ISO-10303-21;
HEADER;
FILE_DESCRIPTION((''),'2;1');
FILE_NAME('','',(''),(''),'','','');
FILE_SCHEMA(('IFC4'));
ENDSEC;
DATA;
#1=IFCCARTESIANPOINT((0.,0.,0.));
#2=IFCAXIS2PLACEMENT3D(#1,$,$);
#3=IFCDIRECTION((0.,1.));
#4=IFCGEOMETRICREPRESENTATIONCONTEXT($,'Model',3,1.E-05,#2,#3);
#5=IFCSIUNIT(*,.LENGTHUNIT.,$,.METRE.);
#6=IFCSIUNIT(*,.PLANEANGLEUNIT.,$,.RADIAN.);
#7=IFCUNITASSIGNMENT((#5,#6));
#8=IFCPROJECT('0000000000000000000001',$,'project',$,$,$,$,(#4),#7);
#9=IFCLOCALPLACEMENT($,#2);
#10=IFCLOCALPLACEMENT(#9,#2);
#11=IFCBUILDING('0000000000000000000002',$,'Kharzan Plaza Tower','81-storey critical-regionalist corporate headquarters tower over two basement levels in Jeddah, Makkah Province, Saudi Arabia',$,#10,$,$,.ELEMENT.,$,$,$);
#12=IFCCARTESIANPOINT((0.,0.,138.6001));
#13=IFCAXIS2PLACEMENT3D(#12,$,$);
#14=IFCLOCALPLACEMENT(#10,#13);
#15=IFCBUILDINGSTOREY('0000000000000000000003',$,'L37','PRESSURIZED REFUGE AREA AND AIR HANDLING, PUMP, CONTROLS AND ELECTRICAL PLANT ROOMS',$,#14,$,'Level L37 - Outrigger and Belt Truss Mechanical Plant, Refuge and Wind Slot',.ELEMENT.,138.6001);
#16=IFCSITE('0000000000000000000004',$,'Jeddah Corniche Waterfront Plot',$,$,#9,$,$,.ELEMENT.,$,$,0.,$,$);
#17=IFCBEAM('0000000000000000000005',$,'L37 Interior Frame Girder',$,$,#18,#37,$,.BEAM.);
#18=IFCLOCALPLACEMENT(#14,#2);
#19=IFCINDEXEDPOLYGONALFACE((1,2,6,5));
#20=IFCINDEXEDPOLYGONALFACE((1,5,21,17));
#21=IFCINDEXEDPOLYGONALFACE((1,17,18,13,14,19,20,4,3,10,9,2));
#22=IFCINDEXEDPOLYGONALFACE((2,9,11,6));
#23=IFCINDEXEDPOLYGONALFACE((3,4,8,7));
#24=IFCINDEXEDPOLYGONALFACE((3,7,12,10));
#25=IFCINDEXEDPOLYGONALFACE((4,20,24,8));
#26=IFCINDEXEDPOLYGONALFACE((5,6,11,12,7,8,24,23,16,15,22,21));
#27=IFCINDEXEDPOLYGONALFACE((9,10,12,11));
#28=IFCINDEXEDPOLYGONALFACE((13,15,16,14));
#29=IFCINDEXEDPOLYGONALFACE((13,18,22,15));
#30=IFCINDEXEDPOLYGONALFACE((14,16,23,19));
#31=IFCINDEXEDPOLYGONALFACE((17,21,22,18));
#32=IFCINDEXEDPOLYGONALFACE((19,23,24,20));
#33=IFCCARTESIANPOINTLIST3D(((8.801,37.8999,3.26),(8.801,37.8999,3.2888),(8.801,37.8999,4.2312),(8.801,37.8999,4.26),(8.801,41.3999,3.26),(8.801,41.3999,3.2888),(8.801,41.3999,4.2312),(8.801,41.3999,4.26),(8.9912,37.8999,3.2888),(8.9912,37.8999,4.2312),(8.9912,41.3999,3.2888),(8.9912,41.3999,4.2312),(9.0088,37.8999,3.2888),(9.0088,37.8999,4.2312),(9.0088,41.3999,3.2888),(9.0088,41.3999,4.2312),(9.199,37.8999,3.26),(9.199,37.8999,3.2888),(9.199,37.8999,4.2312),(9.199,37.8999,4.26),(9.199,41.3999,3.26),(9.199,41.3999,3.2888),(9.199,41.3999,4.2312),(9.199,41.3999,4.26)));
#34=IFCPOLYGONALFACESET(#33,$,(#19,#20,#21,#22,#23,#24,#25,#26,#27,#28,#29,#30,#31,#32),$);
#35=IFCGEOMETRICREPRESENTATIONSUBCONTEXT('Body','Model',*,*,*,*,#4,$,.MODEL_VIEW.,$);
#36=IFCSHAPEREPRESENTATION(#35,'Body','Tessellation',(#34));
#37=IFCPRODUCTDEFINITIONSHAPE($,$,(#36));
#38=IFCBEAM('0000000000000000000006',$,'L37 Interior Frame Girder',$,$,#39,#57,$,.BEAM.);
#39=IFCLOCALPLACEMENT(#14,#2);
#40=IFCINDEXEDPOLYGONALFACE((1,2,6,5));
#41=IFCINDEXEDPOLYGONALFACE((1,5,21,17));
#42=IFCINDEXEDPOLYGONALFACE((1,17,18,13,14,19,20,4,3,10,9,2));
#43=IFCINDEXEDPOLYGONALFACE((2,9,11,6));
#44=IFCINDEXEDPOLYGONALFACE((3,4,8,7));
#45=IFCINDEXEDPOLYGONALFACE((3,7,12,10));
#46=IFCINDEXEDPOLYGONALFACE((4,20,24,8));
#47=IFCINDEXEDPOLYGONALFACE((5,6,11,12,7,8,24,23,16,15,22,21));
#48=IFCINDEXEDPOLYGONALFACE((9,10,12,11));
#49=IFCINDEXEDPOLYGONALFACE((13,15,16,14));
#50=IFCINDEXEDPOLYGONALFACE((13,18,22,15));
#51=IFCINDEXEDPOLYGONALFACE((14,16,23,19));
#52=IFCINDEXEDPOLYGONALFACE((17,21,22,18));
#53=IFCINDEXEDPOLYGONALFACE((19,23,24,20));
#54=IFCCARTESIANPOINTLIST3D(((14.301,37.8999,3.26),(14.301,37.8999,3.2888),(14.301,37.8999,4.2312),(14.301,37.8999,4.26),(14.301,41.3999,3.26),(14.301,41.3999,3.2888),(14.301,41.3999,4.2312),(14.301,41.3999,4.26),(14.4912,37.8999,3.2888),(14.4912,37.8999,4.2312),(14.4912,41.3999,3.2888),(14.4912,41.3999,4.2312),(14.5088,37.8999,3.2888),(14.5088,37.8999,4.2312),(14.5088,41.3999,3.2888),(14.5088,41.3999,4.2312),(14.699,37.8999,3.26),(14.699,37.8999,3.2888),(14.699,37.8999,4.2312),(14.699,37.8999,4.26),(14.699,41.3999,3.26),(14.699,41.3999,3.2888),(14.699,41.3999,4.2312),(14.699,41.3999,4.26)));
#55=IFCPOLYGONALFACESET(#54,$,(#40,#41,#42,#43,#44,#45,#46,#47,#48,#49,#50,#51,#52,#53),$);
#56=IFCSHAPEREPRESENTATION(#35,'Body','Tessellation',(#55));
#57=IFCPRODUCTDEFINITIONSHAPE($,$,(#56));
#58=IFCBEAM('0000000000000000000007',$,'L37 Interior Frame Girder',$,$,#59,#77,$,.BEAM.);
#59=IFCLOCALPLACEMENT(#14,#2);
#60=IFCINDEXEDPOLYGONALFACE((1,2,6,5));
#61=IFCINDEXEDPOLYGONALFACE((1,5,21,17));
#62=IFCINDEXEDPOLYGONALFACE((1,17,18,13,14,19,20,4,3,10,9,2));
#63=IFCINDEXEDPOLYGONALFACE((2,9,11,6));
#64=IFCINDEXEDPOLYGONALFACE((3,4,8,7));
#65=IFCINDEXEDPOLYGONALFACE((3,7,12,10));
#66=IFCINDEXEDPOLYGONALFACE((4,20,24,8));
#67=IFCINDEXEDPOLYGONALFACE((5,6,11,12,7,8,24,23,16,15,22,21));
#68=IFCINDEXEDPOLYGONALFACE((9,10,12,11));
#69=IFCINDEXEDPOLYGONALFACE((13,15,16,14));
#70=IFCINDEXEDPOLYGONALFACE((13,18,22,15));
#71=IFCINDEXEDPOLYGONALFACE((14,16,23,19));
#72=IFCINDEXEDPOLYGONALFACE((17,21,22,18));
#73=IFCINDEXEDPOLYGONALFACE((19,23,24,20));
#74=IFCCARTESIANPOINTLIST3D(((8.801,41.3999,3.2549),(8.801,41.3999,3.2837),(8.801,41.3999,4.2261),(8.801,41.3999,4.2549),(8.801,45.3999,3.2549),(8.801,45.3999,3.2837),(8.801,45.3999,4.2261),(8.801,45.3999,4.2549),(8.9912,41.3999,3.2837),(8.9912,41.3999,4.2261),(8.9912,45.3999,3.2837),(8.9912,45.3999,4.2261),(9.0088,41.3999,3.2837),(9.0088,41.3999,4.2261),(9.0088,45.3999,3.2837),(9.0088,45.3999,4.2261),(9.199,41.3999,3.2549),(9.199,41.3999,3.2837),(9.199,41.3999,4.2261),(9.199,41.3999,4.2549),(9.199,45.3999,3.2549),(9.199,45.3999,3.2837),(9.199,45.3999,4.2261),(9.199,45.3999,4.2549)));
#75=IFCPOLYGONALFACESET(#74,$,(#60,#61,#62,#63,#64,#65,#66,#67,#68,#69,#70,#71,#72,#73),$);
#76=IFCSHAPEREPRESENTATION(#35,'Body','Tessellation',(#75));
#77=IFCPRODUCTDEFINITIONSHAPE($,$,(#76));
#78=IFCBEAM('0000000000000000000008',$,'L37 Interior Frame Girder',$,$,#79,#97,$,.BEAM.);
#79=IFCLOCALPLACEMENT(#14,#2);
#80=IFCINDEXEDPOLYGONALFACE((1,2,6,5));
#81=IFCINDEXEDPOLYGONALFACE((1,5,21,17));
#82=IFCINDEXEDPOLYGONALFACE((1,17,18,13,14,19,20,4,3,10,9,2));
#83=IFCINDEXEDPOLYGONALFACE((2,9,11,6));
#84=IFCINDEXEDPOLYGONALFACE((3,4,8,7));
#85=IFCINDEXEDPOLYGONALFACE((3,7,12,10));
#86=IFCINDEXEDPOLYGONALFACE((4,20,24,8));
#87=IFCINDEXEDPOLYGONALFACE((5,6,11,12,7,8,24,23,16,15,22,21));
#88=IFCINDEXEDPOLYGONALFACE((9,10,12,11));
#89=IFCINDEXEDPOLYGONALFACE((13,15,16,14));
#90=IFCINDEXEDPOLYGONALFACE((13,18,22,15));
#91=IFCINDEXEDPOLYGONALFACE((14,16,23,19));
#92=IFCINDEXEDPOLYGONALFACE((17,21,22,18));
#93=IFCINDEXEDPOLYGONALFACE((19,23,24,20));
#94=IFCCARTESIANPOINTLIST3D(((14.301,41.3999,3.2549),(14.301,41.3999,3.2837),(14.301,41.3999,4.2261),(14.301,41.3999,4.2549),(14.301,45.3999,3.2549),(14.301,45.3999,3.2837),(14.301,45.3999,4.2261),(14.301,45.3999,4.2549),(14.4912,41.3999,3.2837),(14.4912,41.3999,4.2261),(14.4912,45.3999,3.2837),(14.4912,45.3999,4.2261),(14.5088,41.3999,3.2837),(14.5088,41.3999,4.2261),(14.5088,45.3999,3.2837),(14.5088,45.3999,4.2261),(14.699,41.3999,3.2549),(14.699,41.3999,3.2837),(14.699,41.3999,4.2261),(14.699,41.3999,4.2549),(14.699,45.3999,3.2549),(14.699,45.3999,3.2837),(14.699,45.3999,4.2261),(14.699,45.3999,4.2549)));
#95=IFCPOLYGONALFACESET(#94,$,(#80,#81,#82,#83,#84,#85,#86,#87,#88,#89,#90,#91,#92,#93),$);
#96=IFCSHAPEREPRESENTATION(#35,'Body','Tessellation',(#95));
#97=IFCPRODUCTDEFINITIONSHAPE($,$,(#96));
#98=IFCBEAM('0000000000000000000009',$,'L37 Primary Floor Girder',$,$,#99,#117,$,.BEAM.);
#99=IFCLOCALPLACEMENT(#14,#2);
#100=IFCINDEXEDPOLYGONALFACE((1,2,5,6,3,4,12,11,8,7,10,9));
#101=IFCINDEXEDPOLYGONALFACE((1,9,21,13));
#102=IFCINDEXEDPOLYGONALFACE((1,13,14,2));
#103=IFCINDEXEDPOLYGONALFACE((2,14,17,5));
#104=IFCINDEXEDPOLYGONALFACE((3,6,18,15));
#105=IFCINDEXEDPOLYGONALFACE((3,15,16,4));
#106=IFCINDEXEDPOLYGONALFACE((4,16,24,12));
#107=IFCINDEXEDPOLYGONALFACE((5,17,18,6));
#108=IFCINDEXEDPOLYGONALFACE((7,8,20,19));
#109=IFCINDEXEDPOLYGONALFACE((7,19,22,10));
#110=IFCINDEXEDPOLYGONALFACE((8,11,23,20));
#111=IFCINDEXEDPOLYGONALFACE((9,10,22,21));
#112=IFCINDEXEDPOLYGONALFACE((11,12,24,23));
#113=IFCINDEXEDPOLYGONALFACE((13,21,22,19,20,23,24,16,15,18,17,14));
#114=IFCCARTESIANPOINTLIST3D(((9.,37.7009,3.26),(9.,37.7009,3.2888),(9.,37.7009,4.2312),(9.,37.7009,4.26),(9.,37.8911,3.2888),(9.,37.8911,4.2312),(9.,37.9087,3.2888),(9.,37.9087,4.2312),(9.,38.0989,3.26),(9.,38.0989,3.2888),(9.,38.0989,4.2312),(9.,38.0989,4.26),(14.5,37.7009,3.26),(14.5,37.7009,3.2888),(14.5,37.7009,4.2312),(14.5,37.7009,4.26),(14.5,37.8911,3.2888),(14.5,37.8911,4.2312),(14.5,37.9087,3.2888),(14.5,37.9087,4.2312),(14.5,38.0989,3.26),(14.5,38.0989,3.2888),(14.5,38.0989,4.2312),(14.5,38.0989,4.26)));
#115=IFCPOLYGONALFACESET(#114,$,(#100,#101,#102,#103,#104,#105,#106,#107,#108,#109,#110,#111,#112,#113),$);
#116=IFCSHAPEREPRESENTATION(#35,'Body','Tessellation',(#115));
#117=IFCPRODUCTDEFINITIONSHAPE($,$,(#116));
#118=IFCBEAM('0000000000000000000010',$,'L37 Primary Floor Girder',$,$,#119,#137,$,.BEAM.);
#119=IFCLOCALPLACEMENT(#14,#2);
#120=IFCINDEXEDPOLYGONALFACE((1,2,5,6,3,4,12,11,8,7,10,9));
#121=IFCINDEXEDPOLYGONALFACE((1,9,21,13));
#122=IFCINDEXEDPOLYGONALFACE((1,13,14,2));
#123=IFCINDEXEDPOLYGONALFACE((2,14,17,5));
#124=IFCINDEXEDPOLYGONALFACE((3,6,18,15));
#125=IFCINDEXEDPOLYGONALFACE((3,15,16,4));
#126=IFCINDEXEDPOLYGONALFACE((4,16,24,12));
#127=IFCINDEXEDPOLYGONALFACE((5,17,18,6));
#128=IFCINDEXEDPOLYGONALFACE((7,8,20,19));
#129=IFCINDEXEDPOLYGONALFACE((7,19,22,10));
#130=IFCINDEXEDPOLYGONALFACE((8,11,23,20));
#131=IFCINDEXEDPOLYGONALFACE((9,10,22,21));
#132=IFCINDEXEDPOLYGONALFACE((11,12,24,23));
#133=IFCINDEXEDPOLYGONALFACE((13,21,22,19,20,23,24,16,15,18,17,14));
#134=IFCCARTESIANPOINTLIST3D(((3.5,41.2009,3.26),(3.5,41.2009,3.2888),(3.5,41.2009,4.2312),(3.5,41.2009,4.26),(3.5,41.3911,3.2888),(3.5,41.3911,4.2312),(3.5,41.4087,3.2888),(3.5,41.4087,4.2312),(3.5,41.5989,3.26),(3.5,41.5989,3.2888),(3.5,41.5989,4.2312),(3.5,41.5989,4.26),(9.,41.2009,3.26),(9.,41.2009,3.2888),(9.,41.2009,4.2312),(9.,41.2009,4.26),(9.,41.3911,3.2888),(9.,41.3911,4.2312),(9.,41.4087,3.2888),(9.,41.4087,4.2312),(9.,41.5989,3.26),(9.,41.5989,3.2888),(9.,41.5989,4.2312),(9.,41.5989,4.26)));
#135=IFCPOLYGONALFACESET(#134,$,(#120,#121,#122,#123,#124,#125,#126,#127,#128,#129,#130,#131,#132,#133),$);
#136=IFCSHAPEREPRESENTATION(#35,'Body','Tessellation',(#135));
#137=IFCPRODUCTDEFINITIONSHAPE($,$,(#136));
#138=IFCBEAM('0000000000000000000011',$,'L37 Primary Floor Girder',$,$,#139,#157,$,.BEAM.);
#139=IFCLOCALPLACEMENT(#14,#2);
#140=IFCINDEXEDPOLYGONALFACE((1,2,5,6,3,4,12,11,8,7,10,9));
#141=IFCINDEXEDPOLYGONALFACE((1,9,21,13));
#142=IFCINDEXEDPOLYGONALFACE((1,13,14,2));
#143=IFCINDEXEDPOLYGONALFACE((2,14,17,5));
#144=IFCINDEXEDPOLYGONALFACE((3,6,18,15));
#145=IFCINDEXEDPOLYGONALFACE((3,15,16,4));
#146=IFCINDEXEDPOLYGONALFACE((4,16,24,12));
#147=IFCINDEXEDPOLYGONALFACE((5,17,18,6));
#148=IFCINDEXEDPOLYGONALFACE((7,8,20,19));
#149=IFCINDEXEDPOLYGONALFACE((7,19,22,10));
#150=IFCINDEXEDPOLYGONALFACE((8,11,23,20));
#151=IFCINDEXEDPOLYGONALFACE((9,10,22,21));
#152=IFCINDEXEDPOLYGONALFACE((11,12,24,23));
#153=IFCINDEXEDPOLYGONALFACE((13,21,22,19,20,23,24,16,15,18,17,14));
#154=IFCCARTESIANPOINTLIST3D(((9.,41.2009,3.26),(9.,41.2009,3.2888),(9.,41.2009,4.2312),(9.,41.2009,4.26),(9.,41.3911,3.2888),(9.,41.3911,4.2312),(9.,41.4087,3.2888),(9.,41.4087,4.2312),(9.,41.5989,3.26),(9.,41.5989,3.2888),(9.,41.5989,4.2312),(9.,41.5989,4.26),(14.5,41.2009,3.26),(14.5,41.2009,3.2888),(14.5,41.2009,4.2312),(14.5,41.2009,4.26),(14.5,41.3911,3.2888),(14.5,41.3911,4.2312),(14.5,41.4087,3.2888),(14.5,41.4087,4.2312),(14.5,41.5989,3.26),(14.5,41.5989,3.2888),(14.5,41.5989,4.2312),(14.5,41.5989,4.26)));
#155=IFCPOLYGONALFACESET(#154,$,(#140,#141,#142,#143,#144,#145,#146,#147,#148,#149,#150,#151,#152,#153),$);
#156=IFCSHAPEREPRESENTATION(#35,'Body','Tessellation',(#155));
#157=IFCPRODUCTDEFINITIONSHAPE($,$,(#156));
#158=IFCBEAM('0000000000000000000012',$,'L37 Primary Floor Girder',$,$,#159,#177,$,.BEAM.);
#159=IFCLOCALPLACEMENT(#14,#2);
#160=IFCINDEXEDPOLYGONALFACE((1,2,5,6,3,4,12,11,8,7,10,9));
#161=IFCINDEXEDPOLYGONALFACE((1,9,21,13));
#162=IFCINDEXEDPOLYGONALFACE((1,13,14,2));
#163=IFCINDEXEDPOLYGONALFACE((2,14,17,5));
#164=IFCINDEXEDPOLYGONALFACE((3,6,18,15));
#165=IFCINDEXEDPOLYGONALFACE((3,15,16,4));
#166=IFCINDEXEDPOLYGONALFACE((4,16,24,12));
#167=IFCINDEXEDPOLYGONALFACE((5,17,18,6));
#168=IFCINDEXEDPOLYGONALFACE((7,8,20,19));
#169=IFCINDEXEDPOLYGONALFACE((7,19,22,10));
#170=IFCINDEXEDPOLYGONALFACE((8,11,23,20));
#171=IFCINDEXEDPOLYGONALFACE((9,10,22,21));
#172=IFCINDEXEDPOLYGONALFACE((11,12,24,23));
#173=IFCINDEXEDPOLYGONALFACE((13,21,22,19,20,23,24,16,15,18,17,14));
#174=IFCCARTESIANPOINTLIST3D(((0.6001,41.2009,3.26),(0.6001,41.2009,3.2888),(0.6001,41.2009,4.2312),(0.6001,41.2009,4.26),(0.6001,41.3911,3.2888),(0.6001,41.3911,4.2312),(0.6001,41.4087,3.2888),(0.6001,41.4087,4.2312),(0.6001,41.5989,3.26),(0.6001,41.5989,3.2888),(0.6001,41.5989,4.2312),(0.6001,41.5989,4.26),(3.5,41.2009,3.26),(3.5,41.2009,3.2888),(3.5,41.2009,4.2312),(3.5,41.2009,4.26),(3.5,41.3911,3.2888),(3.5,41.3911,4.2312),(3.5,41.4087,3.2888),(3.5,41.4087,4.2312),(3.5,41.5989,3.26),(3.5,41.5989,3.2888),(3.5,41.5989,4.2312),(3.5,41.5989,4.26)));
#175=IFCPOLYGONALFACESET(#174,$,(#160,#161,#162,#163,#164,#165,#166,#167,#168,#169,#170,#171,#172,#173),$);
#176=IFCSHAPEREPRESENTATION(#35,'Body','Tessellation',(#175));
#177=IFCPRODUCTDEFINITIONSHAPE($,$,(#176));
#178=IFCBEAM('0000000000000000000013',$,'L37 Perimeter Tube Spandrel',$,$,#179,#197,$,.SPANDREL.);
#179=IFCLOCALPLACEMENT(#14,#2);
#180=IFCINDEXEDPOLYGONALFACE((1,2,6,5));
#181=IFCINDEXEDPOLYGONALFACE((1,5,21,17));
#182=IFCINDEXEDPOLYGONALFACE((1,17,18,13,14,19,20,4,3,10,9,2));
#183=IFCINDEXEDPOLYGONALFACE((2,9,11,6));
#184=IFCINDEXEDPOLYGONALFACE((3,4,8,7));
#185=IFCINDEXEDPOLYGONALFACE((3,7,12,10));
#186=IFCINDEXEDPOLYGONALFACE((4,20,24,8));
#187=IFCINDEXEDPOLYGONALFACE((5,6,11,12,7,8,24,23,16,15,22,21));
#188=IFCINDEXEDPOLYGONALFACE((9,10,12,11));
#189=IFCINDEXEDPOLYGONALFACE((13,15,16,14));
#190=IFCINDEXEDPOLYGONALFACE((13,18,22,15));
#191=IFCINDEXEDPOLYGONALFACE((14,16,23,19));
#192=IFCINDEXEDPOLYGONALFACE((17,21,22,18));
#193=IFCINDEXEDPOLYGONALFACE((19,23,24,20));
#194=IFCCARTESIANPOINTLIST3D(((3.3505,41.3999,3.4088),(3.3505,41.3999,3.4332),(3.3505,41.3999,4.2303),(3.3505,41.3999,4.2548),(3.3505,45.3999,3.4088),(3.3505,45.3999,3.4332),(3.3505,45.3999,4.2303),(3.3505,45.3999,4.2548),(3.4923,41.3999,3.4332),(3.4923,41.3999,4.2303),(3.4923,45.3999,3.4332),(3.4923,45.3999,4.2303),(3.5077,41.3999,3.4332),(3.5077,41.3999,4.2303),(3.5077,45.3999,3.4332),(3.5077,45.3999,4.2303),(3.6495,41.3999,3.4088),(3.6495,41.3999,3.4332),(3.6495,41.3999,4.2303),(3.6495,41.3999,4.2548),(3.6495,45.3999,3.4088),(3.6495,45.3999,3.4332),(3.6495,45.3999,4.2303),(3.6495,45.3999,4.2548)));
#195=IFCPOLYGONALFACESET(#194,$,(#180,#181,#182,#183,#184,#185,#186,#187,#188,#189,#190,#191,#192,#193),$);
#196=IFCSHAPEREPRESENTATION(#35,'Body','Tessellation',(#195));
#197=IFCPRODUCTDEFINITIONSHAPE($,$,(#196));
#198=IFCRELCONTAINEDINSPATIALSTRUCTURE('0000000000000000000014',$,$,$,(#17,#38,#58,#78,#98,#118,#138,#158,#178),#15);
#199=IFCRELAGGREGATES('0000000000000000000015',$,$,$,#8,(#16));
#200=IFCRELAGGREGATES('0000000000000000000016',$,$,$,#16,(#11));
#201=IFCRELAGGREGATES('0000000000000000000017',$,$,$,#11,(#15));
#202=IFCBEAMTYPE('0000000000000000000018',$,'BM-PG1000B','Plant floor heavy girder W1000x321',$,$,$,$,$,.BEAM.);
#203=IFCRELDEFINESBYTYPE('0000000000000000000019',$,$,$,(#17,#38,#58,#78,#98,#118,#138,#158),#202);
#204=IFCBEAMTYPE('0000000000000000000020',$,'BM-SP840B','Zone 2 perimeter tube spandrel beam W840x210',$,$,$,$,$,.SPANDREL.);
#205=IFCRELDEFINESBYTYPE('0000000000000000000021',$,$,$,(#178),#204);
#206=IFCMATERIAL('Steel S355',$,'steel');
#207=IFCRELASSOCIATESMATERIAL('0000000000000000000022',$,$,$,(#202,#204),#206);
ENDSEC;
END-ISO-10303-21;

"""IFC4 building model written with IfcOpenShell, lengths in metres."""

from ifc_helpers import new_model, si_unit, direction, frame, origin, origin_2d, place, context, subcontext, project, spatial, i_section, extrude, source, transform, mapped, material, material_profile, profile_set, type_object, element, save


model = new_model("IFC4")

# Units and contexts
model_context = context("Model", 3, precision=1e-05, world=origin(), true_north=direction((0.0, 1.0)))
body_context = subcontext(model_context, "Body", "Model", "MODEL_VIEW")
ifc_project = project(units=[si_unit("LENGTHUNIT", "METRE"), si_unit("PLANEANGLEUNIT", "RADIAN")], contexts=[model_context])

# Site, building, storey
site_placement = place(None, origin())
site = spatial("IfcSite", under=ifc_project, at=site_placement, Name="Jeddah Corniche Waterfront Plot", CompositionType="ELEMENT", RefElevation=0.0)
building_placement = place(site_placement, origin())
building = spatial("IfcBuilding", under=site, at=building_placement, Name="Kharzan Plaza Tower", Description="81-storey critical-regionalist corporate headquarters tower over two basement levels in Jeddah, Makkah Province, Saudi Arabia", CompositionType="ELEMENT")
storey_placement = place(building_placement, frame((0.0, 0.0, 138.6001)))
storey = spatial("IfcBuildingStorey", under=building, at=storey_placement, Name="L37", Description="PRESSURIZED REFUGE AREA AND AIR HANDLING, PUMP, CONTROLS AND ELECTRICAL PLANT ROOMS", LongName="Level L37 - Outrigger and Belt Truss Mechanical Plant, Refuge and Wind Slot", CompositionType="ELEMENT", Elevation=138.6001)

# Beams
ifc_material_1 = material(Name="Steel S355", Category="steel")
ifc_material_profile_1 = material_profile(ifc_material_1, i_section(OverallWidth=0.3979, OverallDepth=1.0, WebThickness=0.0176, FlangeThickness=0.0288, at=origin_2d()), Name="W1000x321")
ifc_profile_set_1 = profile_set([ifc_material_profile_1], Name="Steel S355")
beam_type_1 = type_object("IfcBeamType", Name="BM-PG1000B", Description="Plant floor heavy girder W1000x321", PredefinedType="BEAM", material=ifc_profile_set_1)
shared_shape_1 = source(origin(), body_context, "Body", "SweptSolid", [
    extrude(i_section(OverallWidth=0.3979, OverallDepth=1.0, WebThickness=0.0176, FlangeThickness=0.0288, at=origin_2d()), origin(), (0.0, 0.0, 1.0), 3.5),
])
for number, where, z_axis, x_axis, name in (
    (1, (9.0, 37.8999, 3.76), (0.0, 1.0, 0.0), (-1.0, 0.0, 0.0), "L37 Interior Frame Girder"),
    (2, (14.5, 37.8999, 3.76), (0.0, 1.0, 0.0), (-1.0, 0.0, 0.0), "L37 Interior Frame Girder"),
):
    element("IfcBeam", number, at=place(storey_placement, frame(where, z_axis=z_axis, x_axis=x_axis)), inside=storey, type_object=beam_type_1, Name=name, PredefinedType="BEAM", context=body_context, shape_type="MappedRepresentation", body=[
        mapped(shared_shape_1, transform((0.0, 0.0, 0.0), x_axis=(1.0, 0.0, 0.0), y_axis=(0.0, 1.0, 0.0), z_axis=(0.0, 0.0, 1.0))),
    ])
shared_shape_2 = source(origin(), body_context, "Body", "SweptSolid", [
    extrude(i_section(OverallWidth=0.3979, OverallDepth=1.0, WebThickness=0.0176, FlangeThickness=0.0288, at=origin_2d()), origin(), (0.0, 0.0, 1.0), 4.0),
])
for number, where, z_axis, x_axis, name in (
    (3, (9.0, 41.3999, 3.7549), (0.0, 1.0, 0.0), (-1.0, 0.0, 0.0), "L37 Interior Frame Girder"),
    (4, (14.5, 41.3999, 3.7549), (0.0, 1.0, 0.0), (-1.0, 0.0, 0.0), "L37 Interior Frame Girder"),
):
    element("IfcBeam", number, at=place(storey_placement, frame(where, z_axis=z_axis, x_axis=x_axis)), inside=storey, type_object=beam_type_1, Name=name, PredefinedType="BEAM", context=body_context, shape_type="MappedRepresentation", body=[
        mapped(shared_shape_2, transform((0.0, 0.0, 0.0), x_axis=(1.0, 0.0, 0.0), y_axis=(0.0, 1.0, 0.0), z_axis=(0.0, 0.0, 1.0))),
    ])
shared_shape_3 = source(origin(), body_context, "Body", "SweptSolid", [
    extrude(i_section(OverallWidth=0.3979, OverallDepth=1.0, WebThickness=0.0176, FlangeThickness=0.0288, at=origin_2d()), origin(), (0.0, 0.0, 1.0), 5.5),
])
for number, where, z_axis, x_axis, name in (
    (5, (9.0, 37.8999, 3.76), (1.0, 0.0, 0.0), (0.0, 1.0, 0.0), "L37 Primary Floor Girder"),
    (6, (3.5, 41.3999, 3.76), (1.0, 0.0, 0.0), (0.0, 1.0, 0.0), "L37 Primary Floor Girder"),
    (7, (9.0, 41.3999, 3.76), (1.0, 0.0, 0.0), (0.0, 1.0, 0.0), "L37 Primary Floor Girder"),
):
    element("IfcBeam", number, at=place(storey_placement, frame(where, z_axis=z_axis, x_axis=x_axis)), inside=storey, type_object=beam_type_1, Name=name, PredefinedType="BEAM", context=body_context, shape_type="MappedRepresentation", body=[
        mapped(shared_shape_3, transform((0.0, 0.0, 0.0), x_axis=(1.0, 0.0, 0.0), y_axis=(0.0, 1.0, 0.0), z_axis=(0.0, 0.0, 1.0))),
    ])
shared_shape_4 = source(origin(), body_context, "Body", "SweptSolid", [
    extrude(i_section(OverallWidth=0.3979, OverallDepth=1.0, WebThickness=0.0176, FlangeThickness=0.0288, at=origin_2d()), origin(), (0.0, 0.0, 1.0), 2.8999),
])
beam_1_placement = place(storey_placement, frame((0.6001, 41.3999, 3.76), z_axis=(1.0, 0.0, 0.0), x_axis=(0.0, 1.0, 0.0)))
element("IfcBeam", 8, at=beam_1_placement, inside=storey, type_object=beam_type_1, Name="L37 Primary Floor Girder", PredefinedType="BEAM", context=body_context, shape_type="MappedRepresentation", body=[
    mapped(shared_shape_4, transform((0.0, 0.0, 0.0), x_axis=(1.0, 0.0, 0.0), y_axis=(0.0, 1.0, 0.0), z_axis=(0.0, 0.0, 1.0))),
])
ifc_material_profile_2 = material_profile(ifc_material_1, i_section(OverallWidth=0.2991, OverallDepth=0.8459, WebThickness=0.0154, FlangeThickness=0.0244, at=origin_2d()), Name="W840x210")
ifc_profile_set_2 = profile_set([ifc_material_profile_2], Name="Steel S355")
beam_type_2 = type_object("IfcBeamType", Name="BM-SP840B", Description="Zone 2 perimeter tube spandrel beam W840x210", PredefinedType="SPANDREL", material=ifc_profile_set_2)
shared_shape_5 = source(origin(), body_context, "Body", "SweptSolid", [
    extrude(i_section(OverallWidth=0.2991, OverallDepth=0.8459, WebThickness=0.0154, FlangeThickness=0.0244, at=origin_2d()), origin(), (0.0, 0.0, 1.0), 4.0),
])
beam_2_placement = place(storey_placement, frame((3.5, 41.3999, 3.8318), z_axis=(0.0, 1.0, 0.0), x_axis=(-1.0, 0.0, 0.0)))
element("IfcBeam", 9, at=beam_2_placement, inside=storey, type_object=beam_type_2, Name="L37 Perimeter Tube Spandrel", PredefinedType="SPANDREL", context=body_context, shape_type="MappedRepresentation", body=[
    mapped(shared_shape_5, transform((0.0, 0.0, 0.0), x_axis=(1.0, 0.0, 0.0), y_axis=(0.0, 1.0, 0.0), z_axis=(0.0, 0.0, 1.0))),
])

save(model, "model.ifc")
